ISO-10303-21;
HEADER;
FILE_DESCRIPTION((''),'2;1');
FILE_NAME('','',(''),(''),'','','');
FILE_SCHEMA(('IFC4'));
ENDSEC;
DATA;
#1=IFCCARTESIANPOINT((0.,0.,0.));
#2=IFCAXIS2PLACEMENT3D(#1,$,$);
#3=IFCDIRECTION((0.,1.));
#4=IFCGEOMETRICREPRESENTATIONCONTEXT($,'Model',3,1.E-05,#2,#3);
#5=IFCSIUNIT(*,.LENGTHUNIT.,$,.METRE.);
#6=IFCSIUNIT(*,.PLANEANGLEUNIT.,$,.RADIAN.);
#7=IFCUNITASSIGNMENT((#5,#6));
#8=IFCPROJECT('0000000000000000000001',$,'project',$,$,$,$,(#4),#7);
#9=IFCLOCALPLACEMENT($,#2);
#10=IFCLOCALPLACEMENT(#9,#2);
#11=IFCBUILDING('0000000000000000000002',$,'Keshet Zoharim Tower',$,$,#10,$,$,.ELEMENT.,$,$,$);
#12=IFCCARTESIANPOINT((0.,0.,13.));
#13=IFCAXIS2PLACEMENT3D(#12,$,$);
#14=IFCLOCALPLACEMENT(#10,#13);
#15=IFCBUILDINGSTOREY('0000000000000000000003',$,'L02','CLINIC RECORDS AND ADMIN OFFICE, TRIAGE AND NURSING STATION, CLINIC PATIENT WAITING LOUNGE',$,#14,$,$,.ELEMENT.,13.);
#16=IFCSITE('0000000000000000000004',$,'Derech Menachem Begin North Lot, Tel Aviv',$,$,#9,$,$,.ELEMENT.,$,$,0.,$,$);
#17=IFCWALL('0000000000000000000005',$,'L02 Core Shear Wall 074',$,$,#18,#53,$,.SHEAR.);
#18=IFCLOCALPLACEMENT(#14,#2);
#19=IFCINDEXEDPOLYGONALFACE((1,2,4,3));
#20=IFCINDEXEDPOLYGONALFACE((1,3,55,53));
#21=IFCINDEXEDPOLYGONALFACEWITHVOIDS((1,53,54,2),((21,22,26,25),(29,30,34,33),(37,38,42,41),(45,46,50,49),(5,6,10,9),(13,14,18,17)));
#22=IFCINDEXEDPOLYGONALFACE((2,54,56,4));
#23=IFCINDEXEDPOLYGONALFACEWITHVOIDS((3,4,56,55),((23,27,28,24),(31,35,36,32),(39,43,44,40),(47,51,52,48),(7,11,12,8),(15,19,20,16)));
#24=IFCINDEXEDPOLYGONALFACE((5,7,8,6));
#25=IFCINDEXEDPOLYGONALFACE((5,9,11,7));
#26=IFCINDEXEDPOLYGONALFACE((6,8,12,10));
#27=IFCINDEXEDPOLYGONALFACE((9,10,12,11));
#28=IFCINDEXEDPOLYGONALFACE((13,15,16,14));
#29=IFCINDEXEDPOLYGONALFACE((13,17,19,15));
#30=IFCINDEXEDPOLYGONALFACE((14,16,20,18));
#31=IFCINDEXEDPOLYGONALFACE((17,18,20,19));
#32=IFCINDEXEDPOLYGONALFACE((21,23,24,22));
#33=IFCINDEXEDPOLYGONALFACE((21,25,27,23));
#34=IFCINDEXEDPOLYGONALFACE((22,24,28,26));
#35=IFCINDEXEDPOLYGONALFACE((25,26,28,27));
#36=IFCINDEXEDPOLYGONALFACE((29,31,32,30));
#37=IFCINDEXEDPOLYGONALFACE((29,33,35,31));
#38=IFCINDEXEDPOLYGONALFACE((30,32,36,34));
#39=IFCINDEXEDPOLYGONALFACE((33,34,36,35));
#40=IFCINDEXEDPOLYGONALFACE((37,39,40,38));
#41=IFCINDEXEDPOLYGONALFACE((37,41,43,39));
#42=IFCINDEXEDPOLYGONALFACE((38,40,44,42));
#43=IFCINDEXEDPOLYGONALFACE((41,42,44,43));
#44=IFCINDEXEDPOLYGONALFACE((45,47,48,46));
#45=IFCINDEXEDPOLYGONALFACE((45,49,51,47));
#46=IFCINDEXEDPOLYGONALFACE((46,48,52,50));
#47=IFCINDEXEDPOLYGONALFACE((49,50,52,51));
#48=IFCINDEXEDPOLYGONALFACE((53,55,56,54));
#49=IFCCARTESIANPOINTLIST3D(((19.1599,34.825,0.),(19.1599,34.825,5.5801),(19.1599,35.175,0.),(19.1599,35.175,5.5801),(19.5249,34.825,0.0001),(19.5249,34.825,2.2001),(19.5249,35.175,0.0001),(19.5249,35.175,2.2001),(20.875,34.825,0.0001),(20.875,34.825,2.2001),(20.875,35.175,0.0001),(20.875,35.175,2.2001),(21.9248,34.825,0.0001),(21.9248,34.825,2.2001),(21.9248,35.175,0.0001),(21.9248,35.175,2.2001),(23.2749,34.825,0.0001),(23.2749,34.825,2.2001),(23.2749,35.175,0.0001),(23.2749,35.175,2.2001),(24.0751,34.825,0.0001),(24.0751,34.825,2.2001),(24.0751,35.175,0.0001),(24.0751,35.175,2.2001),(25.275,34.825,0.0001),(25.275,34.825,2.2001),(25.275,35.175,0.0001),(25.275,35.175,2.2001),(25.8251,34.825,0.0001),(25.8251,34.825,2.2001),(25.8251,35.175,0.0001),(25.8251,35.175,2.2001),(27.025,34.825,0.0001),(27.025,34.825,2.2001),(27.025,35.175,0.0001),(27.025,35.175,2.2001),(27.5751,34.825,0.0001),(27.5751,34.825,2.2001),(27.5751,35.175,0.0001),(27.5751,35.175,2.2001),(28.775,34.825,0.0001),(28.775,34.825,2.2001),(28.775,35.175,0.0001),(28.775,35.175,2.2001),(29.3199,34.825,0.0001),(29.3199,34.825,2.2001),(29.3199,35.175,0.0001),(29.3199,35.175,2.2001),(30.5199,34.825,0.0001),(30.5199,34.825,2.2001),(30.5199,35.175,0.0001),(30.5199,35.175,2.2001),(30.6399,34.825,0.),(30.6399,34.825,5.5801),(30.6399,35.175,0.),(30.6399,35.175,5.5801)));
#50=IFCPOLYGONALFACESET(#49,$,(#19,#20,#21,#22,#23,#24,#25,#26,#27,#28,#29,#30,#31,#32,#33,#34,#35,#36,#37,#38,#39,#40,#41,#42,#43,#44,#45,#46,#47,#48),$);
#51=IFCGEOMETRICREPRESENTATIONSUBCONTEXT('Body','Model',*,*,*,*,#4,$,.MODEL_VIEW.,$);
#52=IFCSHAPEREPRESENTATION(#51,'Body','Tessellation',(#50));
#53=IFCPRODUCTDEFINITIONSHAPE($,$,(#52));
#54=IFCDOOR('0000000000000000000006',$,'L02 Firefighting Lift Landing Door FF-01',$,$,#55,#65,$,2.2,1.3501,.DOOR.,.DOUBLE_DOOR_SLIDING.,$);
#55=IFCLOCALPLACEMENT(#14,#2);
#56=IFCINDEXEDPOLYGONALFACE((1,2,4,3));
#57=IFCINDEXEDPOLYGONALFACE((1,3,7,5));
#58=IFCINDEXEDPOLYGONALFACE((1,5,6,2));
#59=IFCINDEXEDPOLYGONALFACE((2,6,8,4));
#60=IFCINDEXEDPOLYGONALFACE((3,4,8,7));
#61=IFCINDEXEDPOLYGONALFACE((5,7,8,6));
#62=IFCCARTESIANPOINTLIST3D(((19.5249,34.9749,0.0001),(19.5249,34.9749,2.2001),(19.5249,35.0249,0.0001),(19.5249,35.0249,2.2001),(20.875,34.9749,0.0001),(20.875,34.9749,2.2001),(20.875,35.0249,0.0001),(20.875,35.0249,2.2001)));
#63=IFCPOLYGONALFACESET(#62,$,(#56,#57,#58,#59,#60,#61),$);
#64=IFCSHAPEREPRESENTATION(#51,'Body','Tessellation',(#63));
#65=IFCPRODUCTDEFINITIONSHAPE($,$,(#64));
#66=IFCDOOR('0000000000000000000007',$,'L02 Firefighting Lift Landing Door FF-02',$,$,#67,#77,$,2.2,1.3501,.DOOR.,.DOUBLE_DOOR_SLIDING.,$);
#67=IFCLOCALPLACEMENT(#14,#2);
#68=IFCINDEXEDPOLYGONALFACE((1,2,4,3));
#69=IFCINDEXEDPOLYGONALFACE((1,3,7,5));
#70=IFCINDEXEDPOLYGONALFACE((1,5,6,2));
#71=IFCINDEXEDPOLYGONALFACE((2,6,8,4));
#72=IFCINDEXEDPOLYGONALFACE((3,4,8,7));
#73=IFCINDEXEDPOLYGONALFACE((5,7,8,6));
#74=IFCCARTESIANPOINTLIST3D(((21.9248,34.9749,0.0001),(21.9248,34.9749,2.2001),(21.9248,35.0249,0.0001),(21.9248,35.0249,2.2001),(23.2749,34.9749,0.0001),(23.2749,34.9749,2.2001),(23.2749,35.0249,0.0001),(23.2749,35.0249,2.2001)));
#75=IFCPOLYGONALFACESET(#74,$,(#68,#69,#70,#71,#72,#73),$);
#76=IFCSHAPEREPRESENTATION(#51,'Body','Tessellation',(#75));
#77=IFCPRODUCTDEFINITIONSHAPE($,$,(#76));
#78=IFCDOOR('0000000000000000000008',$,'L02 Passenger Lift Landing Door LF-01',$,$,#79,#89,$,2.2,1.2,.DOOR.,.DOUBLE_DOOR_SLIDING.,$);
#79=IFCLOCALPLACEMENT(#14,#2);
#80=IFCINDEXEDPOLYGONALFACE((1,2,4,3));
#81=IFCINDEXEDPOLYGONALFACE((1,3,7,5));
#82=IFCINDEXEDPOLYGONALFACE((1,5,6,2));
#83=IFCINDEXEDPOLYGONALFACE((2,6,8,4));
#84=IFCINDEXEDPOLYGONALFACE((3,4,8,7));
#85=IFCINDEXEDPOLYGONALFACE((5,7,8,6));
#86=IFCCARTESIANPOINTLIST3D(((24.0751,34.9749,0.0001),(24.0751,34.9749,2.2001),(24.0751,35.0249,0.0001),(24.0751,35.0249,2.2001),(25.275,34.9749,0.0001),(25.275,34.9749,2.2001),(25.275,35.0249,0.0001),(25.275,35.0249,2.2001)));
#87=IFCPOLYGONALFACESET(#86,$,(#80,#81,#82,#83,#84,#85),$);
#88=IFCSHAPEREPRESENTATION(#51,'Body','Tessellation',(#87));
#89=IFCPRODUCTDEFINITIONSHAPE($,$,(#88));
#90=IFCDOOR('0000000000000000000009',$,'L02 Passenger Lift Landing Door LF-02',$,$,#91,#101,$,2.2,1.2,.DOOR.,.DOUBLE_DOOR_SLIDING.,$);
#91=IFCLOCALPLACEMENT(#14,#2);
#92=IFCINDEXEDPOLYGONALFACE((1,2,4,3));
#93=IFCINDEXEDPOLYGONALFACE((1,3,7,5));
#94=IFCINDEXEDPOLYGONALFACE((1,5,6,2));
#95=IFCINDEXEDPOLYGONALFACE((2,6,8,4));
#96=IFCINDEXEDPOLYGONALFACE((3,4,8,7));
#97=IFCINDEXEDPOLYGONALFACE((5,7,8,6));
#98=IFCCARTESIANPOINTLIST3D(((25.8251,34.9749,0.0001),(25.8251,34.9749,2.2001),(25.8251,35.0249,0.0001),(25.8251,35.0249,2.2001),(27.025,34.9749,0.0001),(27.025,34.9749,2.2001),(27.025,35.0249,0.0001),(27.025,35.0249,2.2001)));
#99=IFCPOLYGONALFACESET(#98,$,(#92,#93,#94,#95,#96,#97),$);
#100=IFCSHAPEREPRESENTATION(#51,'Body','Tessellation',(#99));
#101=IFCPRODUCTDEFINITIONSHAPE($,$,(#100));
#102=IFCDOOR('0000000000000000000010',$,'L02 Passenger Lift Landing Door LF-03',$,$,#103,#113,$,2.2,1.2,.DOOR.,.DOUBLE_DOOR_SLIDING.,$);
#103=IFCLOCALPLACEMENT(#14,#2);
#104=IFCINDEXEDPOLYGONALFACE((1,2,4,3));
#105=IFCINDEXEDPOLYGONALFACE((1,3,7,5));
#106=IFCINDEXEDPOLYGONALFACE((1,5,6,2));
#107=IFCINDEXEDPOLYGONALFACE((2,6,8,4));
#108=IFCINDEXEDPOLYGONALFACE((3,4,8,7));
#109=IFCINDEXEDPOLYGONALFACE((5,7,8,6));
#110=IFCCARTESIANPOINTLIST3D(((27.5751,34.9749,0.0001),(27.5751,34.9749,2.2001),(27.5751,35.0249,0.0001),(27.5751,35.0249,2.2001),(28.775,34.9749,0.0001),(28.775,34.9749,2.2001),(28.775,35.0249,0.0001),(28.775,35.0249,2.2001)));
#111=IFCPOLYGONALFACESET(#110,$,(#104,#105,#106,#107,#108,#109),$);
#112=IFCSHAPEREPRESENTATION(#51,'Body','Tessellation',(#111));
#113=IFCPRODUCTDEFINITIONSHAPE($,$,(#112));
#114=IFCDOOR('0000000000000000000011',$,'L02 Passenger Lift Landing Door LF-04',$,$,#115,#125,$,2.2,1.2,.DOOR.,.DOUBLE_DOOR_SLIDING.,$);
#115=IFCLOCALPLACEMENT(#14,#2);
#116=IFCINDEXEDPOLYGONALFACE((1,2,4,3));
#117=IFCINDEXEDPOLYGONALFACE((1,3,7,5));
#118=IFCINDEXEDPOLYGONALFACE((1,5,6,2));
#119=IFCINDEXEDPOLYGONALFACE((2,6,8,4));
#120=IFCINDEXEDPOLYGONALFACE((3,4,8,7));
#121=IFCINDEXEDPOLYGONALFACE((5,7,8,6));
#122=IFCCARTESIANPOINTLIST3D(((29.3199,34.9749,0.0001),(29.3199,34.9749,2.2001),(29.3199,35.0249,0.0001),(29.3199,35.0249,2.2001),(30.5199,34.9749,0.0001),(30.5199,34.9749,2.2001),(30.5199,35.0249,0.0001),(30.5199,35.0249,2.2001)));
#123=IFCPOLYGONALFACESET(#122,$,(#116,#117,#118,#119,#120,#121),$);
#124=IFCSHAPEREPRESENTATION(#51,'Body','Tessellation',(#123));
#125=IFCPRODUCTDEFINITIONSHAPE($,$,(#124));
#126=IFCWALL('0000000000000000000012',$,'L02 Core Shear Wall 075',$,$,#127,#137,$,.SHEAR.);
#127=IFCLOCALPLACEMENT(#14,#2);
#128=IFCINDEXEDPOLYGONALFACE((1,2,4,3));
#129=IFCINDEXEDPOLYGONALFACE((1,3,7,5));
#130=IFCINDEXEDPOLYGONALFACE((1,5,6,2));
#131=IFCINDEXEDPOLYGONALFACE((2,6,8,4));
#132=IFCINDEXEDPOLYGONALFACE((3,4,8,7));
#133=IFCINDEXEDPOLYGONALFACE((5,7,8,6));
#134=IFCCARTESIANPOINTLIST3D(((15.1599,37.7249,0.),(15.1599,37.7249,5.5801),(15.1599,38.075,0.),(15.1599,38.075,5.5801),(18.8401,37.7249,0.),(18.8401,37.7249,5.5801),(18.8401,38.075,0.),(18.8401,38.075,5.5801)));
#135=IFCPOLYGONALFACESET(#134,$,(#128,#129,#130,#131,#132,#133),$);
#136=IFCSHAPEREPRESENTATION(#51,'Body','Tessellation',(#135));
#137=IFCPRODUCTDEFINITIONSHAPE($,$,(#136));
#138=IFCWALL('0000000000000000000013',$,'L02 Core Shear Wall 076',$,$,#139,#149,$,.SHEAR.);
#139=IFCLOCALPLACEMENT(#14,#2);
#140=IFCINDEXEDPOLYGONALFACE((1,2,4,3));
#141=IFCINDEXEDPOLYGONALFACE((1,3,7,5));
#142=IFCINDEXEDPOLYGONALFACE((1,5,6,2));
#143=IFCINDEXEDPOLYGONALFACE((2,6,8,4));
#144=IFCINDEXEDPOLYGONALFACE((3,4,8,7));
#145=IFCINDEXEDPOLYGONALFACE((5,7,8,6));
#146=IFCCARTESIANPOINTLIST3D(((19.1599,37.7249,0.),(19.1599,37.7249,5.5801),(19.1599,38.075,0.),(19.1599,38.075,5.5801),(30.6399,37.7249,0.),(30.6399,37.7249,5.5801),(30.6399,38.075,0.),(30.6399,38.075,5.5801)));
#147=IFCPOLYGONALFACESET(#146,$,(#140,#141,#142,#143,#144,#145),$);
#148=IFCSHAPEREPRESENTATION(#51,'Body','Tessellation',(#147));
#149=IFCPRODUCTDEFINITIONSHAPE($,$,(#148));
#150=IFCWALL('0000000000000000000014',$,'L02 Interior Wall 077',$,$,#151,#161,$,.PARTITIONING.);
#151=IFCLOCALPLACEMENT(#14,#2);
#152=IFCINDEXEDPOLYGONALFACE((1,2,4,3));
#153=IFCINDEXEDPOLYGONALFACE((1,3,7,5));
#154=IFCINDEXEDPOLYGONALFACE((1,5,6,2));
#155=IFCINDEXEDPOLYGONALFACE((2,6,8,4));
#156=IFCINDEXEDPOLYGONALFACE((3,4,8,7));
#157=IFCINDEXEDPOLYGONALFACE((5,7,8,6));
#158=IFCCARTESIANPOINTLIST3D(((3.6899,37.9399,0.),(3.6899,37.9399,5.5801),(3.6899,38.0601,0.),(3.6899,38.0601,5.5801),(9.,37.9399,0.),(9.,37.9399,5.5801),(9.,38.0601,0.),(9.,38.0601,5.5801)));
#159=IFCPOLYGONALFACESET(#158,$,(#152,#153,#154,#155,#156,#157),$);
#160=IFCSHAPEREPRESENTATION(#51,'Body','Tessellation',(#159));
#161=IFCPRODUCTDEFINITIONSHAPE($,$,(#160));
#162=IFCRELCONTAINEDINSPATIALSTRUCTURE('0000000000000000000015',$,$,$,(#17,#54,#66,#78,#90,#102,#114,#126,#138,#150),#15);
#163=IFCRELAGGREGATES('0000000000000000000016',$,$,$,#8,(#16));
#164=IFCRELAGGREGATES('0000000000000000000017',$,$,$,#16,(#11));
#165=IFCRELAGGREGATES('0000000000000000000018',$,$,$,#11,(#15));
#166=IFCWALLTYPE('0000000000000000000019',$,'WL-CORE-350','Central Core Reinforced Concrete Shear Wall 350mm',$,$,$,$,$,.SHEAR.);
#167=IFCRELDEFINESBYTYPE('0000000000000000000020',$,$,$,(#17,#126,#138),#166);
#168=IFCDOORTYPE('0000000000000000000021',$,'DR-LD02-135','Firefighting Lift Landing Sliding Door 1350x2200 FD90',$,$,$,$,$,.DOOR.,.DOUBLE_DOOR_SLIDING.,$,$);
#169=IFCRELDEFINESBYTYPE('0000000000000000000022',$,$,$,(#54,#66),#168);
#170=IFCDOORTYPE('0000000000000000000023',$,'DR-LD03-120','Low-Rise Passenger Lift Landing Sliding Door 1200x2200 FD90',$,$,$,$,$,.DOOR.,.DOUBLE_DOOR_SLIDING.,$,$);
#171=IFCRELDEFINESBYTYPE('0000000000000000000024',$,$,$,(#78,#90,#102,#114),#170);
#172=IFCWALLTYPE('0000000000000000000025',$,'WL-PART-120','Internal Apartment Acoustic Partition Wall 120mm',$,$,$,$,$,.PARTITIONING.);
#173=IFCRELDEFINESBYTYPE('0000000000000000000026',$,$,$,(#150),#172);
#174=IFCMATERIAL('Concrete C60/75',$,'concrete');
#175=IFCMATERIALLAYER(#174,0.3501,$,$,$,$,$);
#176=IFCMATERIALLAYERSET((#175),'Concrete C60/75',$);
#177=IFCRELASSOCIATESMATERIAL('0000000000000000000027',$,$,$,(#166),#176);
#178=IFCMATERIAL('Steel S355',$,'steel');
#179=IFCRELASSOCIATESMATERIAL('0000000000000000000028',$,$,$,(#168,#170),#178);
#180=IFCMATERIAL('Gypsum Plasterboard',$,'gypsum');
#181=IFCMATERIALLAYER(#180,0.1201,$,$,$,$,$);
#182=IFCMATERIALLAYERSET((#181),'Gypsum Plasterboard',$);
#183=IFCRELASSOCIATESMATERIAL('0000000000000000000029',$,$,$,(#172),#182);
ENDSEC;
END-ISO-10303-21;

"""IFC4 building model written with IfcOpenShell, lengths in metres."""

from ifc_helpers import new_model, si_unit, direction, frame, frame_2d, origin, place, context, subcontext, project, spatial, rectangle, extrude, material, layer, layer_set, type_object, element, fill, save


model = new_model("IFC4")

# Units and contexts
model_context = context("Model", 3, precision=1e-05, world=origin(), true_north=direction((0.0, 1.0)))
body_context = subcontext(model_context, "Body", "Model", "MODEL_VIEW")
ifc_project = project(units=[si_unit("LENGTHUNIT", "METRE"), si_unit("PLANEANGLEUNIT", "RADIAN")], contexts=[model_context])

# Site, building, storey
site_placement = place(None, origin())
site = spatial("IfcSite", under=ifc_project, at=site_placement, Name="Derech Menachem Begin North Lot, Tel Aviv", CompositionType="ELEMENT", RefElevation=0.0)
building_placement = place(site_placement, origin())
building = spatial("IfcBuilding", under=site, at=building_placement, Name="Keshet Zoharim Tower", CompositionType="ELEMENT")
storey_placement = place(building_placement, frame((0.0, 0.0, 13.0)))
storey = spatial("IfcBuildingStorey", under=building, at=storey_placement, Name="L02", Description="CLINIC RECORDS AND ADMIN OFFICE, TRIAGE AND NURSING STATION, CLINIC PATIENT WAITING LOUNGE", CompositionType="ELEMENT", Elevation=13.0)

# Shared definitions
ifc_material_1 = material(Name="Concrete C60/75", Category="concrete")

# Shared definitions
ifc_material_2 = material(Name="Steel S355", Category="steel")

# Shared definitions
ifc_layer_1 = layer(ifc_material_1, 0.3501)
ifc_layer_set_1 = layer_set([ifc_layer_1], Name="Concrete C60/75")
wall_type_1 = type_object("IfcWallType", Name="WL-CORE-350", Description="Central Core Reinforced Concrete Shear Wall 350mm", PredefinedType="SHEAR", material=ifc_layer_set_1)

# Wall, openings, doors
wall_1_placement = place(storey_placement, frame((19.1599, 35.0, 0.0), z_axis=(0.0, 0.0, 1.0), x_axis=(1.0, 0.0, 0.0)))
wall_1 = element("IfcWall", 1, at=wall_1_placement, inside=storey, type_object=wall_type_1, Name="L02 Core Shear Wall 074", PredefinedType="SHEAR", context=body_context, shape_type="SweptSolid", body=[
    extrude(rectangle(XDim=11.48, YDim=0.3501, at=frame_2d((5.74, 0.0))), origin(), (0.0, 0.0, 1.0), 5.5801),
])
opening_1_placement = place(wall_1_placement, frame((0.365, 0.0, 0.0)))
opening_1 = element("IfcOpeningElement", 2, at=opening_1_placement, cuts=wall_1, PredefinedType="OPENING", context=body_context, shape_type="SweptSolid", body=[
    extrude(rectangle(XDim=1.3501, YDim=2.2, at=frame_2d((0.675, 1.1001))), frame((0.0, 0.1851, 0.0), z_axis=(0.0, -1.0, 0.0), x_axis=(1.0, 0.0, 0.0)), (0.0, 0.0, 1.0), 0.3701),
])
opening_2_placement = place(wall_1_placement, frame((2.7649, 0.0, 0.0)))
opening_2 = element("IfcOpeningElement", 3, at=opening_2_placement, cuts=wall_1, PredefinedType="OPENING", context=body_context, shape_type="SweptSolid", body=[
    extrude(rectangle(XDim=1.3501, YDim=2.2, at=frame_2d((0.675, 1.1001))), frame((0.0, 0.1851, 0.0), z_axis=(0.0, -1.0, 0.0), x_axis=(1.0, 0.0, 0.0)), (0.0, 0.0, 1.0), 0.3701),
])
opening_3_placement = place(wall_1_placement, frame((4.915, 0.0, 0.0)))
opening_3 = element("IfcOpeningElement", 4, at=opening_3_placement, cuts=wall_1, PredefinedType="OPENING", context=body_context, shape_type="SweptSolid", body=[
    extrude(rectangle(XDim=1.2, YDim=2.2, at=frame_2d((0.6001, 1.1001))), frame((0.0, 0.1851, 0.0), z_axis=(0.0, -1.0, 0.0), x_axis=(1.0, 0.0, 0.0)), (0.0, 0.0, 1.0), 0.3701),
])
opening_4_placement = place(wall_1_placement, frame((6.665, 0.0, 0.0)))
opening_4 = element("IfcOpeningElement", 5, at=opening_4_placement, cuts=wall_1, PredefinedType="OPENING", context=body_context, shape_type="SweptSolid", body=[
    extrude(rectangle(XDim=1.2, YDim=2.2, at=frame_2d((0.6001, 1.1001))), frame((0.0, 0.1851, 0.0), z_axis=(0.0, -1.0, 0.0), x_axis=(1.0, 0.0, 0.0)), (0.0, 0.0, 1.0), 0.3701),
])
opening_5_placement = place(wall_1_placement, frame((8.415, 0.0, 0.0)))
opening_5 = element("IfcOpeningElement", 6, at=opening_5_placement, cuts=wall_1, PredefinedType="OPENING", context=body_context, shape_type="SweptSolid", body=[
    extrude(rectangle(XDim=1.2, YDim=2.2, at=frame_2d((0.6001, 1.1001))), frame((0.0, 0.1851, 0.0), z_axis=(0.0, -1.0, 0.0), x_axis=(1.0, 0.0, 0.0)), (0.0, 0.0, 1.0), 0.3701),
])
opening_6_placement = place(wall_1_placement, frame((10.1599, 0.0, 0.0)))
opening_6 = element("IfcOpeningElement", 7, at=opening_6_placement, cuts=wall_1, PredefinedType="OPENING", context=body_context, shape_type="SweptSolid", body=[
    extrude(rectangle(XDim=1.2, YDim=2.2, at=frame_2d((0.6001, 1.1001))), frame((0.0, 0.1851, 0.0), z_axis=(0.0, -1.0, 0.0), x_axis=(1.0, 0.0, 0.0)), (0.0, 0.0, 1.0), 0.3701),
])
door_type_1 = type_object("IfcDoorType", Name="DR-LD02-135", Description="Firefighting Lift Landing Sliding Door 1350x2200 FD90", OperationType="DOUBLE_DOOR_SLIDING", PredefinedType="DOOR", material=ifc_material_2)
door_1_placement = place(opening_1_placement, origin())
door_1 = element("IfcDoor", 8, at=door_1_placement, inside=storey, type_object=door_type_1, Name="L02 Firefighting Lift Landing Door FF-01", OperationType="DOUBLE_DOOR_SLIDING", OverallHeight=2.2, OverallWidth=1.3501, PredefinedType="DOOR", context=body_context, shape_type="SweptSolid", body=[
    extrude(rectangle(XDim=1.3501, YDim=2.2, at=frame_2d((0.675, 1.1001))), frame((0.0, 0.0249, 0.0), z_axis=(0.0, -1.0, 0.0), x_axis=(1.0, 0.0, 0.0)), (0.0, 0.0, 1.0), 0.05),
])
fill(opening_1, door_1)
door_2_placement = place(opening_2_placement, origin())
door_2 = element("IfcDoor", 9, at=door_2_placement, inside=storey, type_object=door_type_1, Name="L02 Firefighting Lift Landing Door FF-02", OperationType="DOUBLE_DOOR_SLIDING", OverallHeight=2.2, OverallWidth=1.3501, PredefinedType="DOOR", context=body_context, shape_type="SweptSolid", body=[
    extrude(rectangle(XDim=1.3501, YDim=2.2, at=frame_2d((0.675, 1.1001))), frame((0.0, 0.0249, 0.0), z_axis=(0.0, -1.0, 0.0), x_axis=(1.0, 0.0, 0.0)), (0.0, 0.0, 1.0), 0.05),
])
fill(opening_2, door_2)
door_type_2 = type_object("IfcDoorType", Name="DR-LD03-120", Description="Low-Rise Passenger Lift Landing Sliding Door 1200x2200 FD90", OperationType="DOUBLE_DOOR_SLIDING", PredefinedType="DOOR", material=ifc_material_2)
door_3_placement = place(opening_3_placement, origin())
door_3 = element("IfcDoor", 10, at=door_3_placement, inside=storey, type_object=door_type_2, Name="L02 Passenger Lift Landing Door LF-01", OperationType="DOUBLE_DOOR_SLIDING", OverallHeight=2.2, OverallWidth=1.2, PredefinedType="DOOR", context=body_context, shape_type="SweptSolid", body=[
    extrude(rectangle(XDim=1.2, YDim=2.2, at=frame_2d((0.6001, 1.1001))), frame((0.0, 0.0249, 0.0), z_axis=(0.0, -1.0, 0.0), x_axis=(1.0, 0.0, 0.0)), (0.0, 0.0, 1.0), 0.05),
])
fill(opening_3, door_3)
door_4_placement = place(opening_4_placement, origin())
door_4 = element("IfcDoor", 11, at=door_4_placement, inside=storey, type_object=door_type_2, Name="L02 Passenger Lift Landing Door LF-02", OperationType="DOUBLE_DOOR_SLIDING", OverallHeight=2.2, OverallWidth=1.2, PredefinedType="DOOR", context=body_context, shape_type="SweptSolid", body=[
    extrude(rectangle(XDim=1.2, YDim=2.2, at=frame_2d((0.6001, 1.1001))), frame((0.0, 0.0249, 0.0), z_axis=(0.0, -1.0, 0.0), x_axis=(1.0, 0.0, 0.0)), (0.0, 0.0, 1.0), 0.05),
])
fill(opening_4, door_4)
door_5_placement = place(opening_5_placement, origin())
door_5 = element("IfcDoor", 12, at=door_5_placement, inside=storey, type_object=door_type_2, Name="L02 Passenger Lift Landing Door LF-03", OperationType="DOUBLE_DOOR_SLIDING", OverallHeight=2.2, OverallWidth=1.2, PredefinedType="DOOR", context=body_context, shape_type="SweptSolid", body=[
    extrude(rectangle(XDim=1.2, YDim=2.2, at=frame_2d((0.6001, 1.1001))), frame((0.0, 0.0249, 0.0), z_axis=(0.0, -1.0, 0.0), x_axis=(1.0, 0.0, 0.0)), (0.0, 0.0, 1.0), 0.05),
])
fill(opening_5, door_5)
door_6_placement = place(opening_6_placement, origin())
door_6 = element("IfcDoor", 13, at=door_6_placement, inside=storey, type_object=door_type_2, Name="L02 Passenger Lift Landing Door LF-04", OperationType="DOUBLE_DOOR_SLIDING", OverallHeight=2.2, OverallWidth=1.2, PredefinedType="DOOR", context=body_context, shape_type="SweptSolid", body=[
    extrude(rectangle(XDim=1.2, YDim=2.2, at=frame_2d((0.6001, 1.1001))), frame((0.0, 0.0249, 0.0), z_axis=(0.0, -1.0, 0.0), x_axis=(1.0, 0.0, 0.0)), (0.0, 0.0, 1.0), 0.05),
])
fill(opening_6, door_6)

# Walls
wall_2_placement = place(storey_placement, frame((15.1599, 37.8999, 0.0), z_axis=(0.0, 0.0, 1.0), x_axis=(1.0, 0.0, 0.0)))
element("IfcWall", 14, at=wall_2_placement, inside=storey, type_object=wall_type_1, Name="L02 Core Shear Wall 075", PredefinedType="SHEAR", context=body_context, shape_type="SweptSolid", body=[
    extrude(rectangle(XDim=3.6802, YDim=0.3501, at=frame_2d((1.8401, 0.0))), origin(), (0.0, 0.0, 1.0), 5.5801),
])
wall_3_placement = place(storey_placement, frame((19.1599, 37.8999, 0.0), z_axis=(0.0, 0.0, 1.0), x_axis=(1.0, 0.0, 0.0)))
element("IfcWall", 15, at=wall_3_placement, inside=storey, type_object=wall_type_1, Name="L02 Core Shear Wall 076", PredefinedType="SHEAR", context=body_context, shape_type="SweptSolid", body=[
    extrude(rectangle(XDim=11.48, YDim=0.3501, at=frame_2d((5.74, 0.0))), origin(), (0.0, 0.0, 1.0), 5.5801),
])
ifc_material_3 = material(Name="Gypsum Plasterboard", Category="gypsum")
ifc_layer_2 = layer(ifc_material_3, 0.1201)
ifc_layer_set_2 = layer_set([ifc_layer_2], Name="Gypsum Plasterboard")
wall_type_2 = type_object("IfcWallType", Name="WL-PART-120", Description="Internal Apartment Acoustic Partition Wall 120mm", PredefinedType="PARTITIONING", material=ifc_layer_set_2)
wall_4_placement = place(storey_placement, frame((3.6899, 38.0, 0.0), z_axis=(0.0, 0.0, 1.0), x_axis=(1.0, 0.0, 0.0)))
element("IfcWall", 16, at=wall_4_placement, inside=storey, type_object=wall_type_2, Name="L02 Interior Wall 077", PredefinedType="PARTITIONING", context=body_context, shape_type="SweptSolid", body=[
    extrude(rectangle(XDim=5.3101, YDim=0.1201, at=frame_2d((2.655, 0.0))), origin(), (0.0, 0.0, 1.0), 5.5801),
])

save(model, "model.ifc")
